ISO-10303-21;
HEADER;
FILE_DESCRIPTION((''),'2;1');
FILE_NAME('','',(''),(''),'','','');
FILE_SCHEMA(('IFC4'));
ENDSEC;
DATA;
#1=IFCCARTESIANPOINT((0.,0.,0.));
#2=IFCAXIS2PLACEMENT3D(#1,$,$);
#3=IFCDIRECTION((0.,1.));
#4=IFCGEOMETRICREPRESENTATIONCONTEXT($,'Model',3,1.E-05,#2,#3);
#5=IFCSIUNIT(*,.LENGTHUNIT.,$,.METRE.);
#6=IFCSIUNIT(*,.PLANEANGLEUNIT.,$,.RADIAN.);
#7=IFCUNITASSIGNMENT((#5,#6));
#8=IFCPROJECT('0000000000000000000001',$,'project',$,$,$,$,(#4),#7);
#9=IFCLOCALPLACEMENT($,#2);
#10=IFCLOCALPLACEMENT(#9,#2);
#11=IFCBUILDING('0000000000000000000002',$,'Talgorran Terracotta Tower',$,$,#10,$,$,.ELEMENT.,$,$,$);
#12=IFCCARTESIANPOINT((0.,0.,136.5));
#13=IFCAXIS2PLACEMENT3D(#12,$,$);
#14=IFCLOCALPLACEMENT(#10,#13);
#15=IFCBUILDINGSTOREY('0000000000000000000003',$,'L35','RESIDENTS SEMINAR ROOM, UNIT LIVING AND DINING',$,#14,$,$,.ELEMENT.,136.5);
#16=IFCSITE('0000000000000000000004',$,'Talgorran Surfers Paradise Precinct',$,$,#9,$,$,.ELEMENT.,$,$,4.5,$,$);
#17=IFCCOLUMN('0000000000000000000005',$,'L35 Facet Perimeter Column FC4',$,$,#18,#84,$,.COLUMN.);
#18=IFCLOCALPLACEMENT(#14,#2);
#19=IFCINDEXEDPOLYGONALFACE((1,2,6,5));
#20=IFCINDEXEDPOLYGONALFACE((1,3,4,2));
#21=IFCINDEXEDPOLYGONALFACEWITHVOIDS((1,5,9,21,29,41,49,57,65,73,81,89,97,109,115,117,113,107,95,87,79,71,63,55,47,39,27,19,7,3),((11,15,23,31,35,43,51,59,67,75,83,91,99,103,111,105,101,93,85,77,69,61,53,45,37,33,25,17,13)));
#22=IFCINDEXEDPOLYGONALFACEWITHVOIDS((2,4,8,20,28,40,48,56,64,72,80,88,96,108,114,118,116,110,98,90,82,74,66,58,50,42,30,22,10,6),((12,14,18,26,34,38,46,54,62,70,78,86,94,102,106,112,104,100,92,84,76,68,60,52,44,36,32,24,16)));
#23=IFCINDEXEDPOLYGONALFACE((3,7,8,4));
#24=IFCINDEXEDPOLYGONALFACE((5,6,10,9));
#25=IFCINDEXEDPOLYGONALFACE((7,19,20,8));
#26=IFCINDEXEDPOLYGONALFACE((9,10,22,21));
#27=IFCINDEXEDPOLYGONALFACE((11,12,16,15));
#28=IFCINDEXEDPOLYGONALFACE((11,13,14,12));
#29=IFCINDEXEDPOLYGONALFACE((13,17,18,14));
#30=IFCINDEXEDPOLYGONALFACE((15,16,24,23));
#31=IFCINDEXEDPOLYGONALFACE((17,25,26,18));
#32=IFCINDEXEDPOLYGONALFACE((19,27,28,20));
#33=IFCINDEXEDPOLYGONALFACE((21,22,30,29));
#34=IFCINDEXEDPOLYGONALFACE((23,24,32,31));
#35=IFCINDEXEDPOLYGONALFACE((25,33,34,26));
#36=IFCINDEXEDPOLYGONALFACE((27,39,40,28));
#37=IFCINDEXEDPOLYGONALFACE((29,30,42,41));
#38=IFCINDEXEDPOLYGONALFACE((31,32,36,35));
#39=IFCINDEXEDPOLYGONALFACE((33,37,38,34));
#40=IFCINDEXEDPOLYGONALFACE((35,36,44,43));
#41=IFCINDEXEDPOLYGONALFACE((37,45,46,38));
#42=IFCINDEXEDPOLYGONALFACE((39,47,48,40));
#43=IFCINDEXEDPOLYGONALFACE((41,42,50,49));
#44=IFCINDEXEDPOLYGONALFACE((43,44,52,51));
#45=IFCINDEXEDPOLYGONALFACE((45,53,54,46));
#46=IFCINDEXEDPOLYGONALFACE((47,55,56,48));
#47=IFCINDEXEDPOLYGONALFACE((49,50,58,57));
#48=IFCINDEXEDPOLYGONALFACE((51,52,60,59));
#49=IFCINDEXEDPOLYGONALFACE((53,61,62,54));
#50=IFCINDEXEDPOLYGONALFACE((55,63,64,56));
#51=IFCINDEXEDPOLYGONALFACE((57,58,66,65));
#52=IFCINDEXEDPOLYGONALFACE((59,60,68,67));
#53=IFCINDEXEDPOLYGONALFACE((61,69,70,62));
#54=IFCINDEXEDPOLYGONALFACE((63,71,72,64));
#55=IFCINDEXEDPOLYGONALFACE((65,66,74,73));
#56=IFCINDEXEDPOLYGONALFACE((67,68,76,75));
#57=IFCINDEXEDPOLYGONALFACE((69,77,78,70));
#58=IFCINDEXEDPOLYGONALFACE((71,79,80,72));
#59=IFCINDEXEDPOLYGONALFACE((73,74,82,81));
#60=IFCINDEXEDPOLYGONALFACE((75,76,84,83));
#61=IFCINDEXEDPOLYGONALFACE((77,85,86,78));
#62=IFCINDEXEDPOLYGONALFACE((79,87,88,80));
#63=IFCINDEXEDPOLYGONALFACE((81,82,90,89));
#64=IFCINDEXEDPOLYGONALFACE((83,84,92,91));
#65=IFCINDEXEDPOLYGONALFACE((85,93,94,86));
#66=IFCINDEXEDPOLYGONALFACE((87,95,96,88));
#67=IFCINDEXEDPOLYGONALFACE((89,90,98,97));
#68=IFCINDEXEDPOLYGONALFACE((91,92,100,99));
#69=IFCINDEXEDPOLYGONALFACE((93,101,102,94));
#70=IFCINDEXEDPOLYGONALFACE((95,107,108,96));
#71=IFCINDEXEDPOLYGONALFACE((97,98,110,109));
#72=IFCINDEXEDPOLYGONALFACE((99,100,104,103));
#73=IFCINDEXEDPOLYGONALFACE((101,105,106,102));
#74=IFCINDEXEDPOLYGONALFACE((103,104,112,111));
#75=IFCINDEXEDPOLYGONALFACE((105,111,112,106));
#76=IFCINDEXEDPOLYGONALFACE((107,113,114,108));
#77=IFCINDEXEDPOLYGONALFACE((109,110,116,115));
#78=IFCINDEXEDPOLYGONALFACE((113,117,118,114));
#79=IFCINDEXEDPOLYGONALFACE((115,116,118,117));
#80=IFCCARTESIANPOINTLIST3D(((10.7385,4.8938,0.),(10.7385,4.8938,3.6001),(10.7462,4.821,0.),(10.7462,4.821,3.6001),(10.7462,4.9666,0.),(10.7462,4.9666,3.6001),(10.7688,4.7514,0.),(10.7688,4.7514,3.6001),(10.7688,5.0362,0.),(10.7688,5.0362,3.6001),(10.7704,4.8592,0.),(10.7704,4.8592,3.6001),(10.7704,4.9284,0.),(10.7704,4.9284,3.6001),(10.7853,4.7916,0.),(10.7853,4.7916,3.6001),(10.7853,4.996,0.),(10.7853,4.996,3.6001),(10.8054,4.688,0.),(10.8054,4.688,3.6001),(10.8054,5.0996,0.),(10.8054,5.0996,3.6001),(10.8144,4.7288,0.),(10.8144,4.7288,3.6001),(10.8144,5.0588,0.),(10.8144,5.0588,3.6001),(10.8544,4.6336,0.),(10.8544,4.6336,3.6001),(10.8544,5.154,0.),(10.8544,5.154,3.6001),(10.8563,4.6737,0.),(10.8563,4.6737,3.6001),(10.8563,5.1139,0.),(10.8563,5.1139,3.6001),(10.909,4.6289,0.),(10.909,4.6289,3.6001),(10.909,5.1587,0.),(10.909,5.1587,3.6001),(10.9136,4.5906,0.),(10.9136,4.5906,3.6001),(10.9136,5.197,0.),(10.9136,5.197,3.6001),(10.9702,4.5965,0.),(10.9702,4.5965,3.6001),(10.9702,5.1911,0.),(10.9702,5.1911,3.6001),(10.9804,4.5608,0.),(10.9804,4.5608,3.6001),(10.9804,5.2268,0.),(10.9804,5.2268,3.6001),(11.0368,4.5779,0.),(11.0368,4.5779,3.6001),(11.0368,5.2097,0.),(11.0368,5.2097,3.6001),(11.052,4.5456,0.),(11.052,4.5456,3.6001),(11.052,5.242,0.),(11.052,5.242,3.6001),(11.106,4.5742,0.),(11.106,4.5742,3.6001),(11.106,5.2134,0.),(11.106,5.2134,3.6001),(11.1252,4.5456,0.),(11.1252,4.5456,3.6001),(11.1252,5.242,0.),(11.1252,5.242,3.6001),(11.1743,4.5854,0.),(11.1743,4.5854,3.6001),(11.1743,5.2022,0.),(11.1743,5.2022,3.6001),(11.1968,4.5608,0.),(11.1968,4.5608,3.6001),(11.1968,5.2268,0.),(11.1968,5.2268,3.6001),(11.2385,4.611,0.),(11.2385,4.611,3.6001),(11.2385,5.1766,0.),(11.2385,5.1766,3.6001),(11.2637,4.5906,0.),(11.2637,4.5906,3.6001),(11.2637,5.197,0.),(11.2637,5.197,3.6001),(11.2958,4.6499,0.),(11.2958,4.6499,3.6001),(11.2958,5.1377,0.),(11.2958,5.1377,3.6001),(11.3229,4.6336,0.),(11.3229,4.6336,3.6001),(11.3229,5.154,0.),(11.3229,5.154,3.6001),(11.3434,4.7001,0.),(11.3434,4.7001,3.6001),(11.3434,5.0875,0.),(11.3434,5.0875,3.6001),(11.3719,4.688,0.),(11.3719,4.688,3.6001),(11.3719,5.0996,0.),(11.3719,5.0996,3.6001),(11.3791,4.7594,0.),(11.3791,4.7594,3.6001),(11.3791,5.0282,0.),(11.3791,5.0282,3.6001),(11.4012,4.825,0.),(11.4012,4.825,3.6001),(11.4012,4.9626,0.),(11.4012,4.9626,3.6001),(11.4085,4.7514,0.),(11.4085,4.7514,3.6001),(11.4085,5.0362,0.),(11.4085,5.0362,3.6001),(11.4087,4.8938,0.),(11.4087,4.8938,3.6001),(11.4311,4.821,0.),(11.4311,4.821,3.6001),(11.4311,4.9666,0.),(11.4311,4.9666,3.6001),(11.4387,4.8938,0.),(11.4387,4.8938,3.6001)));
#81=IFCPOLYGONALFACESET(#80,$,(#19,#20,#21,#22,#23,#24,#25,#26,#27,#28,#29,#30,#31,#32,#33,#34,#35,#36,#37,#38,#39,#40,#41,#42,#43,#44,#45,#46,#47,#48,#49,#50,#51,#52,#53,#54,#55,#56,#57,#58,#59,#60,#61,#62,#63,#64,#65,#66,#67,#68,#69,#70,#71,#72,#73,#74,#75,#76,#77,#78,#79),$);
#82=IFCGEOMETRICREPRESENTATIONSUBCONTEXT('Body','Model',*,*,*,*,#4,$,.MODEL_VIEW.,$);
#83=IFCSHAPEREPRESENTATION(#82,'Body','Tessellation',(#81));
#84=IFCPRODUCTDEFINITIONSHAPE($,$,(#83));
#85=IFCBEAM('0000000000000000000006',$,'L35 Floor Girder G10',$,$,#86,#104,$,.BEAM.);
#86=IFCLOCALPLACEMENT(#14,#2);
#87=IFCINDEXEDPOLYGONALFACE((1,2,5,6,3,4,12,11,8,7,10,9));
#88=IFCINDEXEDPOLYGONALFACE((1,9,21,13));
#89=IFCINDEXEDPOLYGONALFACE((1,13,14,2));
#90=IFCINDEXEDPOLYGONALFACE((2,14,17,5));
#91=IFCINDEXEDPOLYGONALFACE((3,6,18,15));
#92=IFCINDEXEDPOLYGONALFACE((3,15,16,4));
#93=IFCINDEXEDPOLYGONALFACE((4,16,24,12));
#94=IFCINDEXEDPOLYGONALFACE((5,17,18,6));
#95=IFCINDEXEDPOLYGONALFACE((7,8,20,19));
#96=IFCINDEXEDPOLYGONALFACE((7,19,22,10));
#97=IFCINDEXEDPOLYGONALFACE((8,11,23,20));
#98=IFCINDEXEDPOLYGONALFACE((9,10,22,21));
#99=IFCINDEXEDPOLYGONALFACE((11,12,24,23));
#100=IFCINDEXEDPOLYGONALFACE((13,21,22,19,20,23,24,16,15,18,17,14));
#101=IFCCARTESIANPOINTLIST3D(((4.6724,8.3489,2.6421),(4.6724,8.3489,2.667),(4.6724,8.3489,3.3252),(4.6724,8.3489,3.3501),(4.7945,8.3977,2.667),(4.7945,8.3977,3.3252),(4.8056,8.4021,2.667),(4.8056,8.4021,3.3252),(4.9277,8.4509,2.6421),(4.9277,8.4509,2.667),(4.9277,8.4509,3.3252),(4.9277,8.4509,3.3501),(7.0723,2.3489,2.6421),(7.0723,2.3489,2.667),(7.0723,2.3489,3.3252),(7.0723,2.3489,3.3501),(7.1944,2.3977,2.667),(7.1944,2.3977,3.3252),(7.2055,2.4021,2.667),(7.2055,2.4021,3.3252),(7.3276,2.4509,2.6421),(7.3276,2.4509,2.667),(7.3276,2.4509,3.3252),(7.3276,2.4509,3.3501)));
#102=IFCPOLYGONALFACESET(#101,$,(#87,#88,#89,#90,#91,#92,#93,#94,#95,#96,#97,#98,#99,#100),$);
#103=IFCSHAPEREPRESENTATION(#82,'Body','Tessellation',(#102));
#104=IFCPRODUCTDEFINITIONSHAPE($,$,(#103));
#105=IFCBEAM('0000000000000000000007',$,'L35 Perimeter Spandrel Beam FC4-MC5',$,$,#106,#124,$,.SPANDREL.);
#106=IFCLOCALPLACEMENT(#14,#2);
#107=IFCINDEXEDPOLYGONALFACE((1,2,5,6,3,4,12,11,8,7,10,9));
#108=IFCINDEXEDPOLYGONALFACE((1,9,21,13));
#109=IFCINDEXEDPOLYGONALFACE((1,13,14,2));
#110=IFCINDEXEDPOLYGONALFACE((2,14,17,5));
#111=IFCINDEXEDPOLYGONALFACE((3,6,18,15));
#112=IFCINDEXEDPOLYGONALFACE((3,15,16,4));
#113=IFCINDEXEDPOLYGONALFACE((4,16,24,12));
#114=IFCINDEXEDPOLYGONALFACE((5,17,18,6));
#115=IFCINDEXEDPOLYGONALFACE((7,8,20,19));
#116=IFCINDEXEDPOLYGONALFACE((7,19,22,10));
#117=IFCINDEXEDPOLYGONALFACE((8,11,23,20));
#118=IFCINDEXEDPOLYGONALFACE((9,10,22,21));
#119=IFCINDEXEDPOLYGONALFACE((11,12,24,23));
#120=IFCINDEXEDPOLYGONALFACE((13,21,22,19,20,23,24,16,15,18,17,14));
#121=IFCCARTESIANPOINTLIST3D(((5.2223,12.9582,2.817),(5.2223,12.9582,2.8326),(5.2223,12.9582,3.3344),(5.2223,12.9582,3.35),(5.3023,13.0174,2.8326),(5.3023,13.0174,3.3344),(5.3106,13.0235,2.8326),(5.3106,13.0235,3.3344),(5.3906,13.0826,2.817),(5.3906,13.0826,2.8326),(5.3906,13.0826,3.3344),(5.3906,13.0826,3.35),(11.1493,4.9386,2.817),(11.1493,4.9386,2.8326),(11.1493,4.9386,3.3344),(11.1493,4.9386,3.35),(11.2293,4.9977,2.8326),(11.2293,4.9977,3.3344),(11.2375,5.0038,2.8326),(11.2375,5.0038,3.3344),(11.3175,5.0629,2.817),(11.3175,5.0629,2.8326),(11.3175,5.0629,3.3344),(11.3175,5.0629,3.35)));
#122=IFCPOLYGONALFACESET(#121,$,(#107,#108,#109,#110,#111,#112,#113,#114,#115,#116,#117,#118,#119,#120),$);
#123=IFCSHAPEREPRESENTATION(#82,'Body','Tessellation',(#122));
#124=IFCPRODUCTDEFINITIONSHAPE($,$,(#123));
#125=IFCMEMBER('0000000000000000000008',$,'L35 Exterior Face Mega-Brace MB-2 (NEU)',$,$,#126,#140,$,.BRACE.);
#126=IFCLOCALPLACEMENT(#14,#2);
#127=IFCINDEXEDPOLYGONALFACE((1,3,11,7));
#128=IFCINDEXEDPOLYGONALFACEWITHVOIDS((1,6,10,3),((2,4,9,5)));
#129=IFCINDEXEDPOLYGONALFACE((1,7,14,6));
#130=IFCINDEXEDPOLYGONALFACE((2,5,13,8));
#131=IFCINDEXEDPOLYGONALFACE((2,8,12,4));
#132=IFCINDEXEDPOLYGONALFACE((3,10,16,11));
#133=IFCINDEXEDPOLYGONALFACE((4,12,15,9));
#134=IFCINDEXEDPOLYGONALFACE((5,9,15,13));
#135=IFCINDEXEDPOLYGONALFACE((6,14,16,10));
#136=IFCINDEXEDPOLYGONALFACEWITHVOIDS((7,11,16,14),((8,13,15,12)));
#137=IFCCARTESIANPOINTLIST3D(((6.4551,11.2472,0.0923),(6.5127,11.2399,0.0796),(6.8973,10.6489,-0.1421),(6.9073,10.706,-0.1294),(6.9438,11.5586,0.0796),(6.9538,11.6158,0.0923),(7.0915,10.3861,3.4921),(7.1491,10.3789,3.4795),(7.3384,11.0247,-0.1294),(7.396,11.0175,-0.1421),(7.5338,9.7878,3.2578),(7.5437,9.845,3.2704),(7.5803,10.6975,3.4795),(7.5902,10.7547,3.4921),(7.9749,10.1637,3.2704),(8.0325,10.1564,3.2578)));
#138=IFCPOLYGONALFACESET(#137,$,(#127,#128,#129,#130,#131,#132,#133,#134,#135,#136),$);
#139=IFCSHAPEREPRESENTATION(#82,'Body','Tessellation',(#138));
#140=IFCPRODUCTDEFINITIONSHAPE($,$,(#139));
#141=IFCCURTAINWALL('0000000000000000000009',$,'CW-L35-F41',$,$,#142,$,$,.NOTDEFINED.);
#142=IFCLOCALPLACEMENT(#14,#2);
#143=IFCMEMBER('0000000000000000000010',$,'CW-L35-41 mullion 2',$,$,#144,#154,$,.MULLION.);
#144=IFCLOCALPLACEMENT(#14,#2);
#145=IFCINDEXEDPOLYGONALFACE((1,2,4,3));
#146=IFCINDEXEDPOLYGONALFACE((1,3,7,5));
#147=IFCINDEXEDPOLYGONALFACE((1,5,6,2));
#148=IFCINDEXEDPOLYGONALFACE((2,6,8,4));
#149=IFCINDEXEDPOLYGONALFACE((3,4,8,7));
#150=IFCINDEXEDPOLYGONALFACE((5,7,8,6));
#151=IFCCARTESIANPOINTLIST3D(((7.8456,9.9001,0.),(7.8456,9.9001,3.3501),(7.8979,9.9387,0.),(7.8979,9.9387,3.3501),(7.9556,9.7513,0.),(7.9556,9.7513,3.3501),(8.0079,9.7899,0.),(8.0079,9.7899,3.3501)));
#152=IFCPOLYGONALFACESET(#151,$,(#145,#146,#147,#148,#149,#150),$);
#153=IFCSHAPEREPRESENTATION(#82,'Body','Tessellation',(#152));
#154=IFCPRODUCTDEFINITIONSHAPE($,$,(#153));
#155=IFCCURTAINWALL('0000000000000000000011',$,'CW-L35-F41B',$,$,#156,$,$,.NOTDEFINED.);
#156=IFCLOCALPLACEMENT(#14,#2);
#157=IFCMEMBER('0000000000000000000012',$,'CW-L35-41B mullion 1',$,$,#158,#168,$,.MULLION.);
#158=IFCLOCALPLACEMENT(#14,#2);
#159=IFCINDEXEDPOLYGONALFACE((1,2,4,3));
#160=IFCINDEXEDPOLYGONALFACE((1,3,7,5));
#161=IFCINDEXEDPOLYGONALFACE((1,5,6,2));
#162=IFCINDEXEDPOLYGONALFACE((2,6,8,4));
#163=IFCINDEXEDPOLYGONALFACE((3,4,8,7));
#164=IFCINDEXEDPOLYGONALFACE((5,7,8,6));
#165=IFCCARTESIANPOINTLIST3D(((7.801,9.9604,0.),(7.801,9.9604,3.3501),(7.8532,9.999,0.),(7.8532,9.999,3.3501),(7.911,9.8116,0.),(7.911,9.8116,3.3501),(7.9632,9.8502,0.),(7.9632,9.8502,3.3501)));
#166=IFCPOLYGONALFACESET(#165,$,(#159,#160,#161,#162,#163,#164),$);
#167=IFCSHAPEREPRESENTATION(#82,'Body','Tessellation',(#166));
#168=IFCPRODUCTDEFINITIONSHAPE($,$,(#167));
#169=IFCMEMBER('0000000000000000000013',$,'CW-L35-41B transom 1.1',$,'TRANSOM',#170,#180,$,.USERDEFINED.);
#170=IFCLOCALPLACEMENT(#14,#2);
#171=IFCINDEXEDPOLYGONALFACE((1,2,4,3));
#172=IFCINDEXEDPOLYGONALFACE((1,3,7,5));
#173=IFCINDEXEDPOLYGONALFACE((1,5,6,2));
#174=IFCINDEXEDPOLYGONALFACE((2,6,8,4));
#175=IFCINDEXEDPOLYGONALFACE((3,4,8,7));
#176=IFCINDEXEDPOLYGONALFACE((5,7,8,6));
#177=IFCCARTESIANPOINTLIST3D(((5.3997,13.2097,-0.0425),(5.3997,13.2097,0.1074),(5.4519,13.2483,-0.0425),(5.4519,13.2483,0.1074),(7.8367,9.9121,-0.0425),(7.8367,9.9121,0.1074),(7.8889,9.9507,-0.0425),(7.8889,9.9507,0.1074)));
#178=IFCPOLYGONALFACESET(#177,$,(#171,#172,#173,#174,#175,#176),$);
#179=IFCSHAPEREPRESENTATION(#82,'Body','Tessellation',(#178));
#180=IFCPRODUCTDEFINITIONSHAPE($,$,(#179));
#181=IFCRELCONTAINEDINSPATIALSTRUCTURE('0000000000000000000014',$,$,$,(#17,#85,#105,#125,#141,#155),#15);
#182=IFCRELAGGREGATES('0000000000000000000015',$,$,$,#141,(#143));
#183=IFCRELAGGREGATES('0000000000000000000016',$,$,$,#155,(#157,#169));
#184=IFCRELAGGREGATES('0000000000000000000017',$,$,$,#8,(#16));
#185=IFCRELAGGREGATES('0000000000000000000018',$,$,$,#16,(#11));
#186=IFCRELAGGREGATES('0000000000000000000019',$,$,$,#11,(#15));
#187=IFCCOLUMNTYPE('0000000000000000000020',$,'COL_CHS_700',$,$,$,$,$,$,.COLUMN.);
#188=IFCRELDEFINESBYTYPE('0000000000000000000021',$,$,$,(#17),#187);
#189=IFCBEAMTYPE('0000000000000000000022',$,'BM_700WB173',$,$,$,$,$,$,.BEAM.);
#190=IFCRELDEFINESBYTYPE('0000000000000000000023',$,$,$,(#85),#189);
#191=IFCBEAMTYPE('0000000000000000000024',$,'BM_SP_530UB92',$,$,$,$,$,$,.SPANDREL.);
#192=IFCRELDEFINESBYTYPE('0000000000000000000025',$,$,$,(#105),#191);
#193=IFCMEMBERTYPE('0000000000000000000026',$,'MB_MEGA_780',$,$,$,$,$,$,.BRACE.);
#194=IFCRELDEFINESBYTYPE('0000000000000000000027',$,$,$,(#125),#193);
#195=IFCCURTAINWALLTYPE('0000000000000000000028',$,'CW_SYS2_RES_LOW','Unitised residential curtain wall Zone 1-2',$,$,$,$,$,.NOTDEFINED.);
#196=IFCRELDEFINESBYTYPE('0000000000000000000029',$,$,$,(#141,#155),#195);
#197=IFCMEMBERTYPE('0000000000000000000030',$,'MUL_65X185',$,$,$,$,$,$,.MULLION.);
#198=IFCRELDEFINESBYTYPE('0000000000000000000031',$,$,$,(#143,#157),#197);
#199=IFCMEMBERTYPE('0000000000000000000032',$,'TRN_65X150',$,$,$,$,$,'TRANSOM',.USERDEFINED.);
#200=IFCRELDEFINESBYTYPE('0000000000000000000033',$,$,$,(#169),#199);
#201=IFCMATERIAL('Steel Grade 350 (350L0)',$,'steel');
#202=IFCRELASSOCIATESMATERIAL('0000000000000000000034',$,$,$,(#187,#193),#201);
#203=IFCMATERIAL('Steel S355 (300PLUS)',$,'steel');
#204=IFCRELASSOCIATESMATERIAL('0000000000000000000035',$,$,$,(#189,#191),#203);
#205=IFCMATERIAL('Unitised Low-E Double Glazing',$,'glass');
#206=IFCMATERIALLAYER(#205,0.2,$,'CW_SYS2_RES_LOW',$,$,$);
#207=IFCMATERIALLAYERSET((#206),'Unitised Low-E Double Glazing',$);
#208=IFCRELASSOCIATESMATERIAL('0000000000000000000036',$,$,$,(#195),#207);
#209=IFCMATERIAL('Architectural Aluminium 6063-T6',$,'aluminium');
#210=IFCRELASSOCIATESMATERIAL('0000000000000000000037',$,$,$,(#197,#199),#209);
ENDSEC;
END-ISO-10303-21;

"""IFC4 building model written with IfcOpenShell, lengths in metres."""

from ifc_helpers import new_model, si_unit, direction, frame, origin, origin_2d, place, context, subcontext, project, spatial, rectangle, hollow_rectangle, hollow_circle, i_section, extrude, material, layer, layer_set, material_profile, profile_set, type_object, element, aggregate, save


model = new_model("IFC4")

# Units and contexts
model_context = context("Model", 3, precision=1e-05, world=origin(), true_north=direction((0.0, 1.0)))
body_context = subcontext(model_context, "Body", "Model", "MODEL_VIEW")
ifc_project = project(units=[si_unit("LENGTHUNIT", "METRE"), si_unit("PLANEANGLEUNIT", "RADIAN")], contexts=[model_context])

# Site, building, storey
site_placement = place(None, origin())
site = spatial("IfcSite", under=ifc_project, at=site_placement, Name="Talgorran Surfers Paradise Precinct", CompositionType="ELEMENT", RefElevation=4.5)
building_placement = place(site_placement, origin())
building = spatial("IfcBuilding", under=site, at=building_placement, Name="Talgorran Terracotta Tower", CompositionType="ELEMENT")
storey_placement = place(building_placement, frame((0.0, 0.0, 136.5)))
storey = spatial("IfcBuildingStorey", under=building, at=storey_placement, Name="L35", Description="RESIDENTS SEMINAR ROOM, UNIT LIVING AND DINING", CompositionType="ELEMENT", Elevation=136.5)

# Column
ifc_material_1 = material(Name="Steel Grade 350 (350L0)", Category="steel")
ifc_material_profile_1 = material_profile(ifc_material_1, hollow_circle(Radius=0.3501, WallThickness=0.03, at=origin_2d()), Name="CHS700X30")
ifc_profile_set_1 = profile_set([ifc_material_profile_1], Name="Steel Grade 350 (350L0)")
column_type = type_object("IfcColumnType", Name="COL_CHS_700", PredefinedType="COLUMN", material=ifc_profile_set_1)
column_placement = place(storey_placement, frame((11.0886, 4.8938, 0.0), z_axis=(0.0, 0.0, 1.0), x_axis=(1.0, 0.0, 0.0)))
element("IfcColumn", 1, at=column_placement, inside=storey, type_object=column_type, Name="L35 Facet Perimeter Column FC4", PredefinedType="COLUMN", context=body_context, shape_type="SweptSolid", body=[
    extrude(hollow_circle(Radius=0.3501, WallThickness=0.03, at=origin_2d()), origin(), (0.0, 0.0, 1.0), 3.6001),
])

# Beams
ifc_material_2 = material(Name="Steel S355 (300PLUS)", Category="steel")
ifc_material_profile_2 = material_profile(ifc_material_2, i_section(OverallWidth=0.2749, OverallDepth=0.708, WebThickness=0.012, FlangeThickness=0.0249, at=origin_2d()), Name="700WB173")
ifc_profile_set_2 = profile_set([ifc_material_profile_2], Name="Steel S355 (300PLUS)")
beam_type_1 = type_object("IfcBeamType", Name="BM_700WB173", PredefinedType="BEAM", material=ifc_profile_set_2)
beam_1_placement = place(storey_placement, frame((7.2, 2.3999, 2.9961), z_axis=(-0.371378, 0.928482, 0.0), x_axis=(-0.928482, -0.371378, 0.0)))
element("IfcBeam", 2, at=beam_1_placement, inside=storey, type_object=beam_type_1, Name="L35 Floor Girder G10", PredefinedType="BEAM", context=body_context, shape_type="SweptSolid", body=[
    extrude(i_section(OverallWidth=0.2749, OverallDepth=0.708, WebThickness=0.012, FlangeThickness=0.0249, at=origin_2d()), origin(), (0.0, 0.0, 1.0), 6.4622),
])
ifc_material_profile_3 = material_profile(ifc_material_2, i_section(OverallWidth=0.2092, OverallDepth=0.533, WebThickness=0.0103, FlangeThickness=0.0156, at=origin_2d()), Name="530UB92.4")
ifc_profile_set_3 = profile_set([ifc_material_profile_3], Name="Steel S355 (300PLUS)")
beam_type_2 = type_object("IfcBeamType", Name="BM_SP_530UB92", PredefinedType="SPANDREL", material=ifc_profile_set_3)
beam_2_placement = place(storey_placement, frame((11.2334, 5.0007, 3.0835), z_axis=(-0.594348, 0.804208, 0.0), x_axis=(-0.804208, -0.594348, 0.0)))
element("IfcBeam", 3, at=beam_2_placement, inside=storey, type_object=beam_type_2, Name="L35 Perimeter Spandrel Beam FC4-MC5", PredefinedType="SPANDREL", context=body_context, shape_type="SweptSolid", body=[
    extrude(i_section(OverallWidth=0.2092, OverallDepth=0.533, WebThickness=0.0103, FlangeThickness=0.0156, at=origin_2d()), origin(), (0.0, 0.0, 1.0), 9.9722),
])

# Member
ifc_material_profile_4 = material_profile(ifc_material_1, hollow_rectangle(XDim=0.6201, YDim=0.78, WallThickness=0.042, at=origin_2d()), Name="WBOX780X620X42")
ifc_profile_set_4 = profile_set([ifc_material_profile_4], Name="Steel Grade 350 (350L0)")
member_type_1 = type_object("IfcMemberType", Name="MB_MEGA_780", PredefinedType="BRACE", material=ifc_profile_set_4)
member_1_placement = place(storey_placement, frame((6.9255, 11.1323, -0.0249), z_axis=(0.178558, -0.24157, 0.953814), x_axis=(0.804167, 0.594404, 0.0)))
element("IfcMember", 4, at=member_1_placement, inside=storey, type_object=member_type_1, Name="L35 Exterior Face Mega-Brace MB-2 (NEU)", PredefinedType="BRACE", context=body_context, shape_type="SweptSolid", body=[
    extrude(hollow_rectangle(XDim=0.6201, YDim=0.78, WallThickness=0.042, at=origin_2d()), origin(), (0.0, 0.0, 1.0), 3.5645),
])

# Curtain wall, member
ifc_material_3 = material(Name="Unitised Low-E Double Glazing", Category="glass")
ifc_layer_1 = layer(ifc_material_3, 0.2, Name="CW_SYS2_RES_LOW")
ifc_layer_set_1 = layer_set([ifc_layer_1], Name="Unitised Low-E Double Glazing")
curtain_wall_type = type_object("IfcCurtainWallType", Name="CW_SYS2_RES_LOW", Description="Unitised residential curtain wall Zone 1-2", PredefinedType="NOTDEFINED", material=ifc_layer_set_1)
curtain_wall_1_placement = place(storey_placement, origin())
curtain_wall_1 = element("IfcCurtainWall", 5, at=curtain_wall_1_placement, inside=storey, type_object=curtain_wall_type, Name="CW-L35-F41", PredefinedType="NOTDEFINED")
ifc_material_4 = material(Name="Architectural Aluminium 6063-T6", Category="aluminium")
ifc_material_profile_5 = material_profile(ifc_material_4, rectangle(XDim=0.0649, YDim=0.1851, at=origin_2d()), Name="CWM65X185")
ifc_profile_set_5 = profile_set([ifc_material_profile_5], Name="Architectural Aluminium 6063-T6")
member_type_2 = type_object("IfcMemberType", Name="MUL_65X185", PredefinedType="MULLION", material=ifc_profile_set_5)
member_2_placement = place(storey_placement, frame((7.9268, 9.845, 0.0), z_axis=(0.0, 0.0, 1.0), x_axis=(-0.804202, -0.594356, 0.0)))
member_2 = element("IfcMember", 6, at=member_2_placement, type_object=member_type_2, Name="CW-L35-41 mullion 2", PredefinedType="MULLION", context=body_context, shape_type="SweptSolid", body=[
    extrude(rectangle(XDim=0.0649, YDim=0.1851, at=origin_2d()), origin(), (0.0, 0.0, 1.0), 3.3501),
])

# Curtain wall, members
curtain_wall_2_placement = place(storey_placement, origin())
curtain_wall_2 = element("IfcCurtainWall", 7, at=curtain_wall_2_placement, inside=storey, type_object=curtain_wall_type, Name="CW-L35-F41B", PredefinedType="NOTDEFINED")
member_3_placement = place(storey_placement, frame((7.8821, 9.9053, 0.0), z_axis=(0.0, 0.0, 1.0), x_axis=(-0.80421, -0.594346, 0.0)))
member_3 = element("IfcMember", 8, at=member_3_placement, type_object=member_type_2, Name="CW-L35-41B mullion 1", PredefinedType="MULLION", context=body_context, shape_type="SweptSolid", body=[
    extrude(rectangle(XDim=0.0649, YDim=0.1851, at=origin_2d()), origin(), (0.0, 0.0, 1.0), 3.3501),
])
ifc_material_profile_6 = material_profile(ifc_material_4, rectangle(XDim=0.0649, YDim=0.1499, at=origin_2d()), Name="CWT65X150")
ifc_profile_set_6 = profile_set([ifc_material_profile_6], Name="Architectural Aluminium 6063-T6")
member_type_3 = type_object("IfcMemberType", Name="TRN_65X150", ElementType="TRANSOM", PredefinedType="USERDEFINED", material=ifc_profile_set_6)
member_4_placement = place(storey_placement, frame((7.8628, 9.9314, 0.0325), z_axis=(-0.594336, 0.804217, 0.0), x_axis=(-0.804217, -0.594336, 0.0)))
member_4 = element("IfcMember", 9, at=member_4_placement, type_object=member_type_3, Name="CW-L35-41B transom 1.1", ObjectType="TRANSOM", PredefinedType="USERDEFINED", context=body_context, shape_type="SweptSolid", body=[
    extrude(rectangle(XDim=0.0649, YDim=0.1499, at=origin_2d()), origin(), (0.0, 0.0, 1.0), 4.1003),
])

aggregate(curtain_wall_1, [member_2])
aggregate(curtain_wall_2, [member_3, member_4])

save(model, "model.ifc")
